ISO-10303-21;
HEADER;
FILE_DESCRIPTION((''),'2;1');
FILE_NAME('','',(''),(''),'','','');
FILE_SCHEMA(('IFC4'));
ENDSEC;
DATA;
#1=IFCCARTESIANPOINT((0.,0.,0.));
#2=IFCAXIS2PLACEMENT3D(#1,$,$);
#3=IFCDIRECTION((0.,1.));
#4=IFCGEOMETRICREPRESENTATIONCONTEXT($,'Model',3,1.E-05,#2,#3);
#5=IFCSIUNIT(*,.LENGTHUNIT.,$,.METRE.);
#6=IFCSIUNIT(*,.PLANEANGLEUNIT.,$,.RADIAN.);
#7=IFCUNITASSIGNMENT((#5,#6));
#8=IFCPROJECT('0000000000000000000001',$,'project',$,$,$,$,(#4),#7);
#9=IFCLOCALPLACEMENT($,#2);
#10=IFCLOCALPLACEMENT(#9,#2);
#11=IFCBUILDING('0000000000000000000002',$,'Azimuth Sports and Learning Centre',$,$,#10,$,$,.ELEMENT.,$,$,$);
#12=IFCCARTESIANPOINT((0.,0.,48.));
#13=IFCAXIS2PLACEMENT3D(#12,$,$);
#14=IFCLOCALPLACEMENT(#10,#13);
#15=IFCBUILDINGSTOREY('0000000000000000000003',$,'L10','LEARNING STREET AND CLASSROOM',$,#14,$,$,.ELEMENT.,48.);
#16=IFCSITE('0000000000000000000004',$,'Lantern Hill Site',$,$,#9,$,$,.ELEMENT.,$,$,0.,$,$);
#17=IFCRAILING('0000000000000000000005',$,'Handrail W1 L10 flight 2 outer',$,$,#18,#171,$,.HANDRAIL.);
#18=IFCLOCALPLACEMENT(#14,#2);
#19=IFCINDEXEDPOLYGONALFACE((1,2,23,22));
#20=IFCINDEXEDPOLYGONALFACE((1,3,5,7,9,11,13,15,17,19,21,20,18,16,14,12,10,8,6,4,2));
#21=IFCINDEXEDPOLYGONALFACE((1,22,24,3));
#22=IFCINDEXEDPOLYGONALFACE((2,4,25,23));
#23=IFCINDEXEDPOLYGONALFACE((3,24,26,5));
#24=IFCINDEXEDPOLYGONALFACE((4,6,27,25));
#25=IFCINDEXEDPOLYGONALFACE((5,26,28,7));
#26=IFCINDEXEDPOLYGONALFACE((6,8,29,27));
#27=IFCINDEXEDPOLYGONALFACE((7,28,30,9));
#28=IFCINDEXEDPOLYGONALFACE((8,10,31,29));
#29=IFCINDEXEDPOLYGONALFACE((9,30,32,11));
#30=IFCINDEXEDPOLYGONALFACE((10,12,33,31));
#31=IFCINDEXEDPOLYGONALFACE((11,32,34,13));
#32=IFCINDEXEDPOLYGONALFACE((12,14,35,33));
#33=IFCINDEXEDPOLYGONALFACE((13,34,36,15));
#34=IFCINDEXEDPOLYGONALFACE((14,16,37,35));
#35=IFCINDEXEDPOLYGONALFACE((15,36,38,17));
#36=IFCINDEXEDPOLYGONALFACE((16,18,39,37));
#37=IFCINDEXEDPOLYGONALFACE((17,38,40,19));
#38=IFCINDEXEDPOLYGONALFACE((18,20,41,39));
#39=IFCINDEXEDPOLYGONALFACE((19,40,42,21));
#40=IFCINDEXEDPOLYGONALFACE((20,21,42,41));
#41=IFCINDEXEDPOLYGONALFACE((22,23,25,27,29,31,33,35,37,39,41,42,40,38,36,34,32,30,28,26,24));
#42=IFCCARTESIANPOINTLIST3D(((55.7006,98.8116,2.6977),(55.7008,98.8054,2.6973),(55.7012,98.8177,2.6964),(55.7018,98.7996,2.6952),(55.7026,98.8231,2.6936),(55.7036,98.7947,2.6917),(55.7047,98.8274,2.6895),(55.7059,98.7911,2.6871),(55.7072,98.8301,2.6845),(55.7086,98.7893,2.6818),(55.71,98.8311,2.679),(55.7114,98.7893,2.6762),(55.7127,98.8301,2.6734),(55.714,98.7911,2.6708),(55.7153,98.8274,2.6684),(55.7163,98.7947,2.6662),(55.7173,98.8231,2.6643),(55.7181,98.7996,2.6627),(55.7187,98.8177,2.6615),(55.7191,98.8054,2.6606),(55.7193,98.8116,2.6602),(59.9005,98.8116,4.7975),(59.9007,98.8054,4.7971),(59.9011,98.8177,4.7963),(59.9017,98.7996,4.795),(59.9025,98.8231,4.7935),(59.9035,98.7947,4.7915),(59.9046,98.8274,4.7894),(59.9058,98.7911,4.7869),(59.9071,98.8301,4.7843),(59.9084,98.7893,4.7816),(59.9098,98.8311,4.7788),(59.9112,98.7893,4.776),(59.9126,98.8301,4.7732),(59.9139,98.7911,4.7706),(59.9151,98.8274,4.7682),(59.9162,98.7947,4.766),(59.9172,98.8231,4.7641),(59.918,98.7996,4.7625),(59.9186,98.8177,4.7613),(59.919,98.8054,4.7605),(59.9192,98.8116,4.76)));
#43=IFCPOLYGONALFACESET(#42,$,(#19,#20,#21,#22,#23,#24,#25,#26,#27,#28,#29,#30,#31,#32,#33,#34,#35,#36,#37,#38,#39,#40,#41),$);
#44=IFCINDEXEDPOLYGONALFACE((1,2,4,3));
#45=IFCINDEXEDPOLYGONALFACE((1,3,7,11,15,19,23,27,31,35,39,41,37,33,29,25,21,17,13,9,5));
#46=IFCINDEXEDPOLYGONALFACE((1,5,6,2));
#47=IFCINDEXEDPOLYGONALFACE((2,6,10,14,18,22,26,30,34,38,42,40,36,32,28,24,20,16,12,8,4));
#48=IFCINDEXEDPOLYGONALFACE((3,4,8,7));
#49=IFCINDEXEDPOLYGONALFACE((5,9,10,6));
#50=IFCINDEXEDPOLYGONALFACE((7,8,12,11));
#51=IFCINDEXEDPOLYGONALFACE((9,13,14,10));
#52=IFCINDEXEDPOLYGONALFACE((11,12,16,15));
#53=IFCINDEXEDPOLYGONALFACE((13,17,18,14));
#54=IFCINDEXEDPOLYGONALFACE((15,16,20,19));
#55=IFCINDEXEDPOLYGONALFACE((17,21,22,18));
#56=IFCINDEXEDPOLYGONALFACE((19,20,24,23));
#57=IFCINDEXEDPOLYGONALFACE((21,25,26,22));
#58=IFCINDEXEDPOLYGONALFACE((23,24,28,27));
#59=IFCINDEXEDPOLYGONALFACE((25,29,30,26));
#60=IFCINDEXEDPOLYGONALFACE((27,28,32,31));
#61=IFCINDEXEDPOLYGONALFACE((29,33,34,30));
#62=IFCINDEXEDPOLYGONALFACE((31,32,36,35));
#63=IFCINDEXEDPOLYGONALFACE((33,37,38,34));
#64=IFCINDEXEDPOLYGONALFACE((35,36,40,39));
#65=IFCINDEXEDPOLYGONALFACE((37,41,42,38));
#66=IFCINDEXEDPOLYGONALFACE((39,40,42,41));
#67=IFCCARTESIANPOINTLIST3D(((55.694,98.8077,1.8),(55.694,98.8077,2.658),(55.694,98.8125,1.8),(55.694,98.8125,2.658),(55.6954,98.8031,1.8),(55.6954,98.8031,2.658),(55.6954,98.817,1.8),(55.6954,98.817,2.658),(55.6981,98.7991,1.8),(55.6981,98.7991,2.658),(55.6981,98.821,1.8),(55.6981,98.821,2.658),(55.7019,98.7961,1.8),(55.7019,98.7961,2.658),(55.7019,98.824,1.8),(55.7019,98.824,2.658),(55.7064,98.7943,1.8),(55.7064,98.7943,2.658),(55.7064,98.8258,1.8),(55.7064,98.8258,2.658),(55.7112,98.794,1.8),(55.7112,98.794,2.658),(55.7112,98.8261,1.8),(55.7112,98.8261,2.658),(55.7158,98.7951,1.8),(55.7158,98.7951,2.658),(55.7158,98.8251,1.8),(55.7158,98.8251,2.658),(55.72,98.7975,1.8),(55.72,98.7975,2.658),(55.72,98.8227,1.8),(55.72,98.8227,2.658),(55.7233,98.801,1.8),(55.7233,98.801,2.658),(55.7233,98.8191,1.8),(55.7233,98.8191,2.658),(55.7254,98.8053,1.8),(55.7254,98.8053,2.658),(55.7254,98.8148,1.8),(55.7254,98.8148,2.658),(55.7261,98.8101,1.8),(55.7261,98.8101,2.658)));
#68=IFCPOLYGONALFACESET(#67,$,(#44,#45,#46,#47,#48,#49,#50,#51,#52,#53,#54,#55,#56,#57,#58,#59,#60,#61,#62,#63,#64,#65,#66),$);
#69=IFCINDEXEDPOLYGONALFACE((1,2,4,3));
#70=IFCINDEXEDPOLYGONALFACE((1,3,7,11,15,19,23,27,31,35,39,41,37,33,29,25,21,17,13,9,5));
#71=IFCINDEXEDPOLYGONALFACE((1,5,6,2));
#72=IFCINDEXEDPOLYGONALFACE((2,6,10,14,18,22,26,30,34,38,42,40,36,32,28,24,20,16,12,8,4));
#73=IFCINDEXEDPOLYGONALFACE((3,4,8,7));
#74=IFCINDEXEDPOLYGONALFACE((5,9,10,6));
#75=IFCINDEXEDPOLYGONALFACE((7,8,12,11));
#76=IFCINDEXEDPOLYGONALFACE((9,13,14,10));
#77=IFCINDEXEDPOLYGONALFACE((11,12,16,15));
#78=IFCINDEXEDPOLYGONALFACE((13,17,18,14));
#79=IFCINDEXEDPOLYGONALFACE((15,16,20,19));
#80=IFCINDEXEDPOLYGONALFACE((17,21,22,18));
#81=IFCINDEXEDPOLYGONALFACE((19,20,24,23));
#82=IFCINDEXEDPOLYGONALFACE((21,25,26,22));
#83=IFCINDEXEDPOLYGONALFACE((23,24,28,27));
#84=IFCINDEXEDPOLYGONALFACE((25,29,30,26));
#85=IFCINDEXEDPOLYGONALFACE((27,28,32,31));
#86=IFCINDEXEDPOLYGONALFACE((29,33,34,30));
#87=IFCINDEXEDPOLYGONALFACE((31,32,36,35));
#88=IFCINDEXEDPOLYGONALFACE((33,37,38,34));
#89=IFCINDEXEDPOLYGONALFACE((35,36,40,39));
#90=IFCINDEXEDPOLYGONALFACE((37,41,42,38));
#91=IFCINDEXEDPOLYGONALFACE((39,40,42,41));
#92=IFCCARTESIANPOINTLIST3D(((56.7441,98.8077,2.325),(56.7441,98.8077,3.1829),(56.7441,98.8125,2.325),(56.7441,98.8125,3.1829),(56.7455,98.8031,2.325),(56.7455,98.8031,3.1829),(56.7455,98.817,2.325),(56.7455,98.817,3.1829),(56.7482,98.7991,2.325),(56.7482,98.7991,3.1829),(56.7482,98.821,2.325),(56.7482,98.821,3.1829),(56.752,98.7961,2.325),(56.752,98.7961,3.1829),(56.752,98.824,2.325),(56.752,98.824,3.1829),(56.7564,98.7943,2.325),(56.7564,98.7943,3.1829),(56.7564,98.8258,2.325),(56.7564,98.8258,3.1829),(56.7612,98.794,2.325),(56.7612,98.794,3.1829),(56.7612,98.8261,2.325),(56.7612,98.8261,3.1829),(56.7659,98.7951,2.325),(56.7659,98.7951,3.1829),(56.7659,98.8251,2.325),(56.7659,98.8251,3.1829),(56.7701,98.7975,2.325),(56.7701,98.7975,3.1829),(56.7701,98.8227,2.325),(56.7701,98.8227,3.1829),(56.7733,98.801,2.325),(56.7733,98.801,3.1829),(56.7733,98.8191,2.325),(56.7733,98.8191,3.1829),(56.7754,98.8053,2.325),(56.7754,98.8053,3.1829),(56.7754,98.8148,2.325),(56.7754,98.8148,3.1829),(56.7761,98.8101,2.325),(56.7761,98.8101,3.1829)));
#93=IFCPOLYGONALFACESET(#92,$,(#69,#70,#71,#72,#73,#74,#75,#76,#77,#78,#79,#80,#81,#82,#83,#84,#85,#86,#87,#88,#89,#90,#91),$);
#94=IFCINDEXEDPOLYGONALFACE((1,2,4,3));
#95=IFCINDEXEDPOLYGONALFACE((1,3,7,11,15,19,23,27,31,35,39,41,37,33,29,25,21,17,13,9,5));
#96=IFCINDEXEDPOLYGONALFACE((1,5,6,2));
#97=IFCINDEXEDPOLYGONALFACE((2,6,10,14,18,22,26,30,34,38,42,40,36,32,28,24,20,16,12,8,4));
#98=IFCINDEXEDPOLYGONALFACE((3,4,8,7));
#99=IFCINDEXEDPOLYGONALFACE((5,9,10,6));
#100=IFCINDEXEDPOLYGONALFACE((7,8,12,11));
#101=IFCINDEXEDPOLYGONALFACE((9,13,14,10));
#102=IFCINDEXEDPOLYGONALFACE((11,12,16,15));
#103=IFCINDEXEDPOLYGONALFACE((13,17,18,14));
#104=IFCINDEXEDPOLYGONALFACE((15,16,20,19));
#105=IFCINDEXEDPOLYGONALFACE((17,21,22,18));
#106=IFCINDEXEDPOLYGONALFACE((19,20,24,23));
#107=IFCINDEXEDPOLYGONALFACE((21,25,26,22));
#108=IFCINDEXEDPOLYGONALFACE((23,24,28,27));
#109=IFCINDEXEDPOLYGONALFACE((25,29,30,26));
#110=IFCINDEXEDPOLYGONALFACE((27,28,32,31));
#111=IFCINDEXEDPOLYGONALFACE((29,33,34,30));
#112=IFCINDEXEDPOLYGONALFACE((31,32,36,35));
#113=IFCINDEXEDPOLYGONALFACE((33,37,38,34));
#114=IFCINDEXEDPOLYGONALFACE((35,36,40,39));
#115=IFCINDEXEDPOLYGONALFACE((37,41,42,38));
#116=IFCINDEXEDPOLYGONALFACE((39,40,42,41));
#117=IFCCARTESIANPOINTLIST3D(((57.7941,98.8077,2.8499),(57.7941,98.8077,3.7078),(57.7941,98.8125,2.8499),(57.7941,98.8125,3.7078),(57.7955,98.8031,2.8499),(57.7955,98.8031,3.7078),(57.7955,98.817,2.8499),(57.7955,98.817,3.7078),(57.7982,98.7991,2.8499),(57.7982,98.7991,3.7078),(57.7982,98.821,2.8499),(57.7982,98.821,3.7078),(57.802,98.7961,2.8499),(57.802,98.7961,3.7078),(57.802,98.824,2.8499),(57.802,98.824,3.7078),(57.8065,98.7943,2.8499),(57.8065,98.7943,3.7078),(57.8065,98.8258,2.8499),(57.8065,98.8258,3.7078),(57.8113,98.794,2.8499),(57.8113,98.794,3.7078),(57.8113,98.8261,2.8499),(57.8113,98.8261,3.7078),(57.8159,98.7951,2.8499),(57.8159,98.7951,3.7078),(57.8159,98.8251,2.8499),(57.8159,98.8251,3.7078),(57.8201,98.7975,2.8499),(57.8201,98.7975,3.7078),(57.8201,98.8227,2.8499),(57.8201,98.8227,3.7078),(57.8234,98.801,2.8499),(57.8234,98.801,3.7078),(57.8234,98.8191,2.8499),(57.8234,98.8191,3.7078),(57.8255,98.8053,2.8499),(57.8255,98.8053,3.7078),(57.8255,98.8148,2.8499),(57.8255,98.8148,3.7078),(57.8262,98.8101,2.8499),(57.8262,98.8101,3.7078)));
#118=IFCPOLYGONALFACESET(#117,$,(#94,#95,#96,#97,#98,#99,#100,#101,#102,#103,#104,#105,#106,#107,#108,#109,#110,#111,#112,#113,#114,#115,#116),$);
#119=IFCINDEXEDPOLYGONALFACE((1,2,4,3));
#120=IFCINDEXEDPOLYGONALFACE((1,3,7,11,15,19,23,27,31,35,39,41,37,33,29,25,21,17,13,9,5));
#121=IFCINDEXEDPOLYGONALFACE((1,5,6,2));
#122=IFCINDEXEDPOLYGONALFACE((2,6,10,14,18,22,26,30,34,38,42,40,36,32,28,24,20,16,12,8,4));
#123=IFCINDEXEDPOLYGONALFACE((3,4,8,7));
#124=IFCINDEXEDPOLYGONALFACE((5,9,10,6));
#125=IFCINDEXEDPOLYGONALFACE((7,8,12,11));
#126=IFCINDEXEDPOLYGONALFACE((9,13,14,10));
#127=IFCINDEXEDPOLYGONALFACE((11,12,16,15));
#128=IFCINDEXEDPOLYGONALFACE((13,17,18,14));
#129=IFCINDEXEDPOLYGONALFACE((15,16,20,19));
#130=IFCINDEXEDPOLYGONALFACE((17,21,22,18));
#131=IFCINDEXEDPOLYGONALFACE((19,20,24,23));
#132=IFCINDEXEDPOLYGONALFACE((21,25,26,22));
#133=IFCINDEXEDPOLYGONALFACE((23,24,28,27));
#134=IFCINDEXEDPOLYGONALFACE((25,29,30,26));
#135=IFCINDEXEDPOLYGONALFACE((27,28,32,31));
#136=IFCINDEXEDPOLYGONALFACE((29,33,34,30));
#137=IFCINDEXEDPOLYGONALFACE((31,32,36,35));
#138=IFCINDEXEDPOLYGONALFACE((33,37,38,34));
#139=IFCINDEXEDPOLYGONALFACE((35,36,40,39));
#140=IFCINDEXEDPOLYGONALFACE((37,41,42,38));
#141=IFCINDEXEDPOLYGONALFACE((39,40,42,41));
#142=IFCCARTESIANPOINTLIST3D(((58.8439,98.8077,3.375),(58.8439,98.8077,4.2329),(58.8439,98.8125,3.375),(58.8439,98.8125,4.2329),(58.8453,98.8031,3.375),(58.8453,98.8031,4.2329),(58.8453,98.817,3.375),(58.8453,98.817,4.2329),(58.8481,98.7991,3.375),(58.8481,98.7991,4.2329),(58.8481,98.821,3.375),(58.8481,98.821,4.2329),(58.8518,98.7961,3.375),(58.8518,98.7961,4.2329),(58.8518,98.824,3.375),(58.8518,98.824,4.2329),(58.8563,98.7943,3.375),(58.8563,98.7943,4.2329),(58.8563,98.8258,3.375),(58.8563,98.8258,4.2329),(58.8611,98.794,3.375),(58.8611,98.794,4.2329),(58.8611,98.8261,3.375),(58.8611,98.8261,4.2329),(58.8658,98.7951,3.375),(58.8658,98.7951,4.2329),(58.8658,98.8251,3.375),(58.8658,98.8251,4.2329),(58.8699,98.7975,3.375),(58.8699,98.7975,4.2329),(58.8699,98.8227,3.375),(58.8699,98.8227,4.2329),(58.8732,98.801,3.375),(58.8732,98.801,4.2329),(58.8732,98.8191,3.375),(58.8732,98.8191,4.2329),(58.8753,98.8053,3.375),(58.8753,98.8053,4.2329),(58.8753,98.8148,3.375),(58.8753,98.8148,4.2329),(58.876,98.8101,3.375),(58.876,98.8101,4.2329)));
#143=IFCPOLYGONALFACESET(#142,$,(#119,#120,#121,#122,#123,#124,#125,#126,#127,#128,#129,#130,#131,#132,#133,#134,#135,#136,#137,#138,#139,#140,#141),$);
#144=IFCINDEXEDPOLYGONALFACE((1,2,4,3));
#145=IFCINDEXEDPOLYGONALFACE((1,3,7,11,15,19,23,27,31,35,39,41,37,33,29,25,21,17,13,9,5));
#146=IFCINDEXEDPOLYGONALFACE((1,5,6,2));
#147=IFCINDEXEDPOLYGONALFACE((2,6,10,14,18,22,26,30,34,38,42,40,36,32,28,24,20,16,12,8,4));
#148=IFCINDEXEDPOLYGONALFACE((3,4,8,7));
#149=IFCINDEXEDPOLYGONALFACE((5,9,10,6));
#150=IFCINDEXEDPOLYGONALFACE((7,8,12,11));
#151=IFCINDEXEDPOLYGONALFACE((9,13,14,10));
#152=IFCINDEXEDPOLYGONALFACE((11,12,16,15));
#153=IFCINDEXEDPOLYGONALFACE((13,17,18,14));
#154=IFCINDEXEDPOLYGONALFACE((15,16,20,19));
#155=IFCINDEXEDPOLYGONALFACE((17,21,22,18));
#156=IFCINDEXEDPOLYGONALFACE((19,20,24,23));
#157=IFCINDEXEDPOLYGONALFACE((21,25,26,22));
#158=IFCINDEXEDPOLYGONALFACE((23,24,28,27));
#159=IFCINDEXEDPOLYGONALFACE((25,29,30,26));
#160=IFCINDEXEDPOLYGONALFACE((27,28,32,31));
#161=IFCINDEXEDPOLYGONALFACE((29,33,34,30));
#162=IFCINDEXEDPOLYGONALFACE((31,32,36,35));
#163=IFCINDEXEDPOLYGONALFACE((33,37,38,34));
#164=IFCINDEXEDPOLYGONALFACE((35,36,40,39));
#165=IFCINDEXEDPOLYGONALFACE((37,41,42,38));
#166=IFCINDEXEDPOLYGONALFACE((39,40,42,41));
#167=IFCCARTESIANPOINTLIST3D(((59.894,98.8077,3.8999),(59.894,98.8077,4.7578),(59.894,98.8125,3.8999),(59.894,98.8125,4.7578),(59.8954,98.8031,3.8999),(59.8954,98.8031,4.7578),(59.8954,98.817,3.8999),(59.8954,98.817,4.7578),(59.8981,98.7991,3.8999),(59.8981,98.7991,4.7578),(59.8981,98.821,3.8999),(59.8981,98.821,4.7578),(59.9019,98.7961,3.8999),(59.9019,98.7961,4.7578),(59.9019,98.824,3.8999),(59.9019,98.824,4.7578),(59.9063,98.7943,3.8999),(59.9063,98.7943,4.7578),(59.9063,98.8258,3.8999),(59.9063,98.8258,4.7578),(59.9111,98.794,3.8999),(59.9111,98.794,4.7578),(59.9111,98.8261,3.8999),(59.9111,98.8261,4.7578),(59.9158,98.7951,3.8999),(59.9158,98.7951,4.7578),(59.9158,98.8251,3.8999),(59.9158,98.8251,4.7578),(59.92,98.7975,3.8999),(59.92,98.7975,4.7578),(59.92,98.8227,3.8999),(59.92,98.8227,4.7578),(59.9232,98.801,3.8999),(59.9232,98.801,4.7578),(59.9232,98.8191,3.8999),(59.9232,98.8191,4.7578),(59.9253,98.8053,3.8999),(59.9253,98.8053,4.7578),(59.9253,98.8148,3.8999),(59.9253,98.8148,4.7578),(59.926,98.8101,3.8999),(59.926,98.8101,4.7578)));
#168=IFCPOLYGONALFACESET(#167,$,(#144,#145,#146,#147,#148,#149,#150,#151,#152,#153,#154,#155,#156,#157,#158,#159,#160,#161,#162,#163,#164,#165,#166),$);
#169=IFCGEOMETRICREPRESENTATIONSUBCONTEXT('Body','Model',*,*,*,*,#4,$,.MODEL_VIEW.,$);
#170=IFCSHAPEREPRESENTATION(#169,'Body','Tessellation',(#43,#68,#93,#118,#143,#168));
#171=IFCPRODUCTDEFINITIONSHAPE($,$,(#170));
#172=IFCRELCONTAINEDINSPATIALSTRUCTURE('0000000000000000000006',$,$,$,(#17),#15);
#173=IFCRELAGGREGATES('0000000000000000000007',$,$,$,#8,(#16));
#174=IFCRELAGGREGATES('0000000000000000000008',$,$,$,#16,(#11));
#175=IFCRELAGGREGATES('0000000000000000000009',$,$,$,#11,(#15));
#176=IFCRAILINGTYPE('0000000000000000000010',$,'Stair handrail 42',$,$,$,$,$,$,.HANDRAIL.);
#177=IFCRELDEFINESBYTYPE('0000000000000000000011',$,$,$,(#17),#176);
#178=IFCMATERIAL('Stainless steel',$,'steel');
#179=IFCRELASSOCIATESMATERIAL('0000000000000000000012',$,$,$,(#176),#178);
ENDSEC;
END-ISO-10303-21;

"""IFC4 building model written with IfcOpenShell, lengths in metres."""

from ifc_helpers import new_model, si_unit, direction, frame, origin, origin_2d, place, context, subcontext, project, spatial, circle, extrude, material, type_object, element, save


model = new_model("IFC4")

# Units and contexts
model_context = context("Model", 3, precision=1e-05, world=origin(), true_north=direction((0.0, 1.0)))
body_context = subcontext(model_context, "Body", "Model", "MODEL_VIEW")
ifc_project = project(units=[si_unit("LENGTHUNIT", "METRE"), si_unit("PLANEANGLEUNIT", "RADIAN")], contexts=[model_context])

# Site, building, storey
site_placement = place(None, origin())
site = spatial("IfcSite", under=ifc_project, at=site_placement, Name="Lantern Hill Site", CompositionType="ELEMENT", RefElevation=0.0)
building_placement = place(site_placement, origin())
building = spatial("IfcBuilding", under=site, at=building_placement, Name="Azimuth Sports and Learning Centre", CompositionType="ELEMENT")
storey_placement = place(building_placement, frame((0.0, 0.0, 48.0)))
storey = spatial("IfcBuildingStorey", under=building, at=storey_placement, Name="L10", Description="LEARNING STREET AND CLASSROOM", CompositionType="ELEMENT", Elevation=48.0)

# Railing
ifc_material_1 = material(Name="Stainless steel", Category="steel")
railing_type_1 = type_object("IfcRailingType", Name="Stair handrail 42", PredefinedType="HANDRAIL", material=ifc_material_1)
for number, where, name in (
    (1, (55.71, 98.8101, 1.8), "Handrail W1 L10 flight 2 outer"),
):
    element("IfcRailing", number, at=place(storey_placement, frame(where)), inside=storey, type_object=railing_type_1, Name=name, PredefinedType="HANDRAIL", context=body_context, shape_type="SweptSolid", body=[
        extrude(circle(Radius=0.021, at=origin_2d()), frame((0.0, 0.0, 0.8789), z_axis=(0.894438, 0.0, 0.447193), x_axis=(0.0, 1.0, 0.0)), (0.0, 0.0, 1.0), 4.6956),
        extrude(circle(Radius=0.0161, at=origin_2d()), origin(), (0.0, 0.0, 1.0), 0.8579),
        extrude(circle(Radius=0.0161, at=origin_2d()), frame((1.05, 0.0, 0.5249)), (0.0, 0.0, 1.0), 0.8579),
        extrude(circle(Radius=0.0161, at=origin_2d()), frame((2.1001, 0.0, 1.0498)), (0.0, 0.0, 1.0), 0.8579),
        extrude(circle(Radius=0.0161, at=origin_2d()), frame((3.1499, 0.0, 1.575)), (0.0, 0.0, 1.0), 0.8579),
        extrude(circle(Radius=0.0161, at=origin_2d()), frame((4.2, 0.0, 2.0999)), (0.0, 0.0, 1.0), 0.8579),
    ])

save(model, "model.ifc")
